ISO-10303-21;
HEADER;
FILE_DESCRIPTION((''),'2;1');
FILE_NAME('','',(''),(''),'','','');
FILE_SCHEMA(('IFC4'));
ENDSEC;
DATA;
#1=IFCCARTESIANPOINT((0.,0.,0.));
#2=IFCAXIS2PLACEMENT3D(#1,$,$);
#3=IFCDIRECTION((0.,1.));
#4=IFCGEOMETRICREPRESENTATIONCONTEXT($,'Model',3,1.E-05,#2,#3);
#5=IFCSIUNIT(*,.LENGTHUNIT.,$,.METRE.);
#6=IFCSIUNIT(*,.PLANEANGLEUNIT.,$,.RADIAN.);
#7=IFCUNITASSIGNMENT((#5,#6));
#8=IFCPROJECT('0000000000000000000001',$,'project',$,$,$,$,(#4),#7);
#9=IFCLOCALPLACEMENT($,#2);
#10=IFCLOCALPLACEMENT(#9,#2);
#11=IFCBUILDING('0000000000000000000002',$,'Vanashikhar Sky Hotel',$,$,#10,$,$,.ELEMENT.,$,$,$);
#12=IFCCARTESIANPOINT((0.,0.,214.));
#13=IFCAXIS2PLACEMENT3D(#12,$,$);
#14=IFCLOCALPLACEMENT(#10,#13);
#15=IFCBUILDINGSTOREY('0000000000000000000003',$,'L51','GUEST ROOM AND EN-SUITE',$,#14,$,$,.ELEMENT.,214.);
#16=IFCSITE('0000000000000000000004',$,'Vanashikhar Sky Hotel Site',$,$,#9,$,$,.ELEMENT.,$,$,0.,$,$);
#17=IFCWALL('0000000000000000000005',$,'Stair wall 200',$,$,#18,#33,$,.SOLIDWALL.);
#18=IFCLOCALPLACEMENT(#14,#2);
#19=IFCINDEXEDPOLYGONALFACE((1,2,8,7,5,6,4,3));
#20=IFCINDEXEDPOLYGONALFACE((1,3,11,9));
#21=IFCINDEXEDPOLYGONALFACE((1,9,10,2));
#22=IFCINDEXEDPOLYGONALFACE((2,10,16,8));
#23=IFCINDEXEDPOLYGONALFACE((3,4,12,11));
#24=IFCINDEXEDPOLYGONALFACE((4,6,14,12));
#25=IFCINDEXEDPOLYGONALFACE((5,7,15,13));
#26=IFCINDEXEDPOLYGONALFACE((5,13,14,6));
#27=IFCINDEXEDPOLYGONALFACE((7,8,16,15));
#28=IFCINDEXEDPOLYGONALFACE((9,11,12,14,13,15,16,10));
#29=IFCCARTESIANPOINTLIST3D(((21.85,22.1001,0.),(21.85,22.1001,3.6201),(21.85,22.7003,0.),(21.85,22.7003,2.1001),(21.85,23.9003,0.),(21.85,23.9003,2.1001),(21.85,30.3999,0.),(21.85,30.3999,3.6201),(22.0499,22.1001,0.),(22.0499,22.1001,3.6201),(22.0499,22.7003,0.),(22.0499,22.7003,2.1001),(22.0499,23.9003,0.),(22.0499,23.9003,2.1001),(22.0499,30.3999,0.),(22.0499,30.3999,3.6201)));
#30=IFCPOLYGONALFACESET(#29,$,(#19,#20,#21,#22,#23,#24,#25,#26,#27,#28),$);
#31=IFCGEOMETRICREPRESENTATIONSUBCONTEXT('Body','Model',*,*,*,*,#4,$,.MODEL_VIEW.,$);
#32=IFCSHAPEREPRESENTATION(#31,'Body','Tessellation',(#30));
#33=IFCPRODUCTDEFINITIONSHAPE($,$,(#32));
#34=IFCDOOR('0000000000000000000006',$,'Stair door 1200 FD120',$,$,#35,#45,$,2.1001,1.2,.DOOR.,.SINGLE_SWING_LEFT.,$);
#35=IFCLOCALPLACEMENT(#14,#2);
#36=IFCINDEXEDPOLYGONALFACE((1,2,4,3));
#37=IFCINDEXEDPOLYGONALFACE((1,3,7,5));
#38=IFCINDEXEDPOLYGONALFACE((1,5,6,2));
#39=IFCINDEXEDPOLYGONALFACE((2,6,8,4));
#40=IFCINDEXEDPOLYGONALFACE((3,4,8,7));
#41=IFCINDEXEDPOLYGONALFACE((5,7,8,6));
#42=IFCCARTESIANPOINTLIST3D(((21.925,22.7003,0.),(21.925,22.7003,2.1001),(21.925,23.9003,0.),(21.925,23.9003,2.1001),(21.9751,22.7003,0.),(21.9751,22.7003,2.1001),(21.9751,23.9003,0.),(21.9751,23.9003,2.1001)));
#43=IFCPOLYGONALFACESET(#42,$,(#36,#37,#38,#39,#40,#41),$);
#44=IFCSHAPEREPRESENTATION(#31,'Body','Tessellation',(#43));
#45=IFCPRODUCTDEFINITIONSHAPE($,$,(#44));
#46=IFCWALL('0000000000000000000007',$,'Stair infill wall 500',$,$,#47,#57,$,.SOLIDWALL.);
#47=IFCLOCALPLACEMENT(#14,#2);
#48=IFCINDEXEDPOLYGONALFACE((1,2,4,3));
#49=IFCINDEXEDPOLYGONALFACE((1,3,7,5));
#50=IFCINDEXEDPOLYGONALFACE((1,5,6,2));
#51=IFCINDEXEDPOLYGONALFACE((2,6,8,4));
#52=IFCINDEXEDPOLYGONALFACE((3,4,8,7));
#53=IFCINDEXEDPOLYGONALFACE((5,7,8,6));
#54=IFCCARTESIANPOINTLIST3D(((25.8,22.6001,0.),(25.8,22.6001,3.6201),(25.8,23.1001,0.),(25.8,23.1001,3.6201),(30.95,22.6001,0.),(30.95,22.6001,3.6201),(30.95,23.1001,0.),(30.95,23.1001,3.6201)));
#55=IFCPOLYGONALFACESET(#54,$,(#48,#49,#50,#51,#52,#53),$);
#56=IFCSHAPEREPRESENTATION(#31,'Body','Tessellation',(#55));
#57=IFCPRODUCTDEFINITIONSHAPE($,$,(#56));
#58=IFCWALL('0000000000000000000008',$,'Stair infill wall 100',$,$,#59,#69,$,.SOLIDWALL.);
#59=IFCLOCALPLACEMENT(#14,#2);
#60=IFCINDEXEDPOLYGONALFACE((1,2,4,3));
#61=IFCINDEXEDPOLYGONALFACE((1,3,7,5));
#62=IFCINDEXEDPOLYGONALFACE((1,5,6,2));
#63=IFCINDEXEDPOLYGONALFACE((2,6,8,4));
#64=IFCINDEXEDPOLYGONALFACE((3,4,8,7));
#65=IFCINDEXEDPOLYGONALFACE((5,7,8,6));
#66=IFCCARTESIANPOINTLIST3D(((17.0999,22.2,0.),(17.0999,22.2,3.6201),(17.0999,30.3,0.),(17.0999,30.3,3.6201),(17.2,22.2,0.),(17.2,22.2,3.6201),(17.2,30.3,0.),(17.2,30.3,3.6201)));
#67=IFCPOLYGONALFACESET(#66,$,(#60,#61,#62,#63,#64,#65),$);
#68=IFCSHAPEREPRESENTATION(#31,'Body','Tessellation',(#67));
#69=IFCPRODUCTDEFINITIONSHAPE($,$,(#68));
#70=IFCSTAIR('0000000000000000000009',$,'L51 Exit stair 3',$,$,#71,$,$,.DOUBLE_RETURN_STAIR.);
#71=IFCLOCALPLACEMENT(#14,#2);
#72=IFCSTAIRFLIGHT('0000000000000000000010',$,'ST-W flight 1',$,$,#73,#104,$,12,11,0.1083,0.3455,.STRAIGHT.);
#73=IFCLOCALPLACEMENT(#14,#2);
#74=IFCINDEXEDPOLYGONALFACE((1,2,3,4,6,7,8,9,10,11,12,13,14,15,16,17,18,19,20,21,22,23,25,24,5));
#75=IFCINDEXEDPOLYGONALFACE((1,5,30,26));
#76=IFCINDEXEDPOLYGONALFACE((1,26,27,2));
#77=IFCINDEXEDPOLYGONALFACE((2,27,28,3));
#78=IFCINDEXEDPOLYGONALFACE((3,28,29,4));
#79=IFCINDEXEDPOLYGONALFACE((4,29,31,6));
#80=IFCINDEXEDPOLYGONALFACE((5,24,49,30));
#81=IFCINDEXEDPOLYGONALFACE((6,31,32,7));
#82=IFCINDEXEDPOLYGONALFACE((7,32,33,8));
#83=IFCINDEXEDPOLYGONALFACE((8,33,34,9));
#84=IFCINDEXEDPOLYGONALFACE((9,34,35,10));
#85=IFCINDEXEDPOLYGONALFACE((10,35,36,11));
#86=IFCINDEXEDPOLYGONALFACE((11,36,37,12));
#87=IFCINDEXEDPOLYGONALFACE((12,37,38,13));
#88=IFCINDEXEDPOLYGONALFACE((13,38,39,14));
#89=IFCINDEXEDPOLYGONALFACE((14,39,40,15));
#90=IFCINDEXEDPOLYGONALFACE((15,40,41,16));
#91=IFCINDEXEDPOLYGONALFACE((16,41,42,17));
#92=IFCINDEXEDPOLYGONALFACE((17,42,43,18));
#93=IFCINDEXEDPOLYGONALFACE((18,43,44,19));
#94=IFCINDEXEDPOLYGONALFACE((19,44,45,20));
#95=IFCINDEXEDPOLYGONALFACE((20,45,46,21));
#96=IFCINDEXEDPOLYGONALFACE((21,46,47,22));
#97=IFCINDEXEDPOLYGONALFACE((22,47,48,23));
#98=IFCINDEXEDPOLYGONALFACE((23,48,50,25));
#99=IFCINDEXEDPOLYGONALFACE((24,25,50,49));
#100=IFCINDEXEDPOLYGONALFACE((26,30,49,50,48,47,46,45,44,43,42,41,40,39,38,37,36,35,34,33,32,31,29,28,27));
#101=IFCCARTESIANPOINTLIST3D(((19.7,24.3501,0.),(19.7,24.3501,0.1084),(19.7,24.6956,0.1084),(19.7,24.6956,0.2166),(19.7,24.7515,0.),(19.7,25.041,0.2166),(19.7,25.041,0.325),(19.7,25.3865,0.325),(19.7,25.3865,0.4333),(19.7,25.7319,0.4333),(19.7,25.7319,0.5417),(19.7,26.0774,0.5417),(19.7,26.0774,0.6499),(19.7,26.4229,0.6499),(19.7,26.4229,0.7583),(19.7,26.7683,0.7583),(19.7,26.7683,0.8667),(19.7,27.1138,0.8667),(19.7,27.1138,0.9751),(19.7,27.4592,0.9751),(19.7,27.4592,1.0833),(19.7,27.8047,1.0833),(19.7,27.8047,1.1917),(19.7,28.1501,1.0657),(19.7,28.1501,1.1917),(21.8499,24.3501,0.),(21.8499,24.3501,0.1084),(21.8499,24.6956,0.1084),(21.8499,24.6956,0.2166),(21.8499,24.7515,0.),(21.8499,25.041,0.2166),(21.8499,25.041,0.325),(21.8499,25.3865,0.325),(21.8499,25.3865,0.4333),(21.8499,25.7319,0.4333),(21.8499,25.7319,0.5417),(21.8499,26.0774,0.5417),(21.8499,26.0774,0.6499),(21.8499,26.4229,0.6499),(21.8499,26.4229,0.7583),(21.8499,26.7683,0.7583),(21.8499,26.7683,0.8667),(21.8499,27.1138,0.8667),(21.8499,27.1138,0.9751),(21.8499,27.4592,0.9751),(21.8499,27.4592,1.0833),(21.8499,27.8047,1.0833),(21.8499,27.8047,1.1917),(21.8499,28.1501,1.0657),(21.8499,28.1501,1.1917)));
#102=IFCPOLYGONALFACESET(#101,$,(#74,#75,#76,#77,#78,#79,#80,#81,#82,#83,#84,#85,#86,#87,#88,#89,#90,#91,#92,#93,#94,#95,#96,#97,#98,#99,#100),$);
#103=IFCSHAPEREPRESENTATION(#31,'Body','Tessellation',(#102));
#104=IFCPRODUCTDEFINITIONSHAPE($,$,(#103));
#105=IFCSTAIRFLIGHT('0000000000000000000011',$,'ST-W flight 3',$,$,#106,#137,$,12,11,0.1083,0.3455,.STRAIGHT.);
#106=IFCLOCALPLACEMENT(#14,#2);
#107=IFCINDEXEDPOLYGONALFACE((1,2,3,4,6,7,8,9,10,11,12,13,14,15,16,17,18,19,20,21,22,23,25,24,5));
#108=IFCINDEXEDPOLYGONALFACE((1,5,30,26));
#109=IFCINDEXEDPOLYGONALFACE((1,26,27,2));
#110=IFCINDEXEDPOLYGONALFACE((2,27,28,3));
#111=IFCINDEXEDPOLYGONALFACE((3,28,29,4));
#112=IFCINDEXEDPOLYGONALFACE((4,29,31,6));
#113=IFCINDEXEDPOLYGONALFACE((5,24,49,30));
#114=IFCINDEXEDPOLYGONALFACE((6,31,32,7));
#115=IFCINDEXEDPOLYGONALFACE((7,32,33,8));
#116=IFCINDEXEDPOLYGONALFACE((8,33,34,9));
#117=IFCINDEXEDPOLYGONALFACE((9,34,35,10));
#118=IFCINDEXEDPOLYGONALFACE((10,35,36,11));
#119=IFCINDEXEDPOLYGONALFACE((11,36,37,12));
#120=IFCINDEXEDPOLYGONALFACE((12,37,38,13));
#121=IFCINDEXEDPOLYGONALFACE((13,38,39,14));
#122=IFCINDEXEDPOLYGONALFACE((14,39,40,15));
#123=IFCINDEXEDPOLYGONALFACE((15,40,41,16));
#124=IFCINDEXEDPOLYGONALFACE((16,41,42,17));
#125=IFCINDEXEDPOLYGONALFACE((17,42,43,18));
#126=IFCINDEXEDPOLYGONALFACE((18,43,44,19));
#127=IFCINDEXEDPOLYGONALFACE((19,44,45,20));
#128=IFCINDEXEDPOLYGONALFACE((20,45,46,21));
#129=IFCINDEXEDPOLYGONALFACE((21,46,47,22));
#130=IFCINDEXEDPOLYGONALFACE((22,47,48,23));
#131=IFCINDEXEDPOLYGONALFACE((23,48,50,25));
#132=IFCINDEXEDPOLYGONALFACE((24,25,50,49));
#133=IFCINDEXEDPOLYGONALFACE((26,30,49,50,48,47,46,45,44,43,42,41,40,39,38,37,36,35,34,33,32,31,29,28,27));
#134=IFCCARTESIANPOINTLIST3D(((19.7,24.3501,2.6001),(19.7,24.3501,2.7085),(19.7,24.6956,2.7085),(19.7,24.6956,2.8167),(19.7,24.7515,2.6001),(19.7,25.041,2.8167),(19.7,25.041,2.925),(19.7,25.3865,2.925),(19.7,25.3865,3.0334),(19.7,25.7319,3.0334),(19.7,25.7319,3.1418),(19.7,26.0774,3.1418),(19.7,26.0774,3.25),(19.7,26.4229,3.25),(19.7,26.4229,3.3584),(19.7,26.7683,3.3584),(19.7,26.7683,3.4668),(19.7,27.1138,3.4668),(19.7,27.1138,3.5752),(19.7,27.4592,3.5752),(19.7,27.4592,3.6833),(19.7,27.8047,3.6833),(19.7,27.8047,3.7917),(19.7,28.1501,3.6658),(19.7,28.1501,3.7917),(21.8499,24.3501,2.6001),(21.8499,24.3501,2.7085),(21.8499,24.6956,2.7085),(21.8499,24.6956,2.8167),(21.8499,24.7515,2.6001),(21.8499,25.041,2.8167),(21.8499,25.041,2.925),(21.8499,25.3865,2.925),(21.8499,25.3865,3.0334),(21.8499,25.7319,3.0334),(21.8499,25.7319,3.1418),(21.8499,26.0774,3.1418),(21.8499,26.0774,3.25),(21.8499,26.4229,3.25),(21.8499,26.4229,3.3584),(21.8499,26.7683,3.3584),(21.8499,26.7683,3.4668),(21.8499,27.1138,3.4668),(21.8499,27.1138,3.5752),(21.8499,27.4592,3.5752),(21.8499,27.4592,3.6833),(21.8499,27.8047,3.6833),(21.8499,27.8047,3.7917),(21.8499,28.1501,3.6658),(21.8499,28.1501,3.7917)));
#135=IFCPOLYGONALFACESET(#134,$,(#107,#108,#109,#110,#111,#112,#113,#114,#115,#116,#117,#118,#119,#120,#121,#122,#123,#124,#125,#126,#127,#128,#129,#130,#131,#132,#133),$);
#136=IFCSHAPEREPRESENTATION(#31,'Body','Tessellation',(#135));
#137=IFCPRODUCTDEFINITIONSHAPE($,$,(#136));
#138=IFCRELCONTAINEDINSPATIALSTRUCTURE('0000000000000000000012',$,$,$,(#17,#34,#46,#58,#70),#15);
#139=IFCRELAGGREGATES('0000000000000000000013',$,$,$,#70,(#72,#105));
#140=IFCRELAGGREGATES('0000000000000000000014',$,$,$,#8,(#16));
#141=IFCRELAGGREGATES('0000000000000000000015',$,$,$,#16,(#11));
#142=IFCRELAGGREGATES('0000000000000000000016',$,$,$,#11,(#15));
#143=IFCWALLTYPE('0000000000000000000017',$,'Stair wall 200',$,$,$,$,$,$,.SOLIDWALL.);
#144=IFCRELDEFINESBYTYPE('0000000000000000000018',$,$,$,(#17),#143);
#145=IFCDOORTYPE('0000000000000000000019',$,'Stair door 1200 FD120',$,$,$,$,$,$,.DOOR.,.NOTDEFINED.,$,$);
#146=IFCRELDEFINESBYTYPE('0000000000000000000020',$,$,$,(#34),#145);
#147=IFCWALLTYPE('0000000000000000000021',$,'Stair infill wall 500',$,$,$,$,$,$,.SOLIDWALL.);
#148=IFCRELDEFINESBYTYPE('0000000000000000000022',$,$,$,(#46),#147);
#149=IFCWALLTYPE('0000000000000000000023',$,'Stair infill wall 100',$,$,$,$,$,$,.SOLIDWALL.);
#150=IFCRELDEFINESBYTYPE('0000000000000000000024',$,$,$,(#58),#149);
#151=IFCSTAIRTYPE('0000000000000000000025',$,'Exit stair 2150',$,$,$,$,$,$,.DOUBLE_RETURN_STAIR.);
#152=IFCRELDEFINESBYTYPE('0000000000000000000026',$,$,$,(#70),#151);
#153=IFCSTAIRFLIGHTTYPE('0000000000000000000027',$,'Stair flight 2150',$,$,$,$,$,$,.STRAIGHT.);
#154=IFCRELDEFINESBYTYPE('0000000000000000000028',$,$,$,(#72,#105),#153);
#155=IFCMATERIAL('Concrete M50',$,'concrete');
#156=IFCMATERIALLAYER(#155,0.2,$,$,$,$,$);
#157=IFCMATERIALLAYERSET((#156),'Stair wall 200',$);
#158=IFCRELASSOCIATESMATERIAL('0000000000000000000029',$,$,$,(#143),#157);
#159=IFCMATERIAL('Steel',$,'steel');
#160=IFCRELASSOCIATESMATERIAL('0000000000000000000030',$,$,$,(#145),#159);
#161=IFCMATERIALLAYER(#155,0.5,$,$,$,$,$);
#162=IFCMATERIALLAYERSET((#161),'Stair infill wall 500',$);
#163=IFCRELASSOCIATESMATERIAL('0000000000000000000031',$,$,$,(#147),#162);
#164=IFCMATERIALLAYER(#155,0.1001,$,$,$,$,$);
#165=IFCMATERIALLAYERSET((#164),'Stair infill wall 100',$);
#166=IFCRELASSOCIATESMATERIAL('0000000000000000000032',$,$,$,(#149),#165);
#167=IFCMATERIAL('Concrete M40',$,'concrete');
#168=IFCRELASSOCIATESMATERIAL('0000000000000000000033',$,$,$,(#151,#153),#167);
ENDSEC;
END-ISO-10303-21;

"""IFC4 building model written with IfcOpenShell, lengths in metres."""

from ifc_helpers import new_model, si_unit, direction, frame, frame_2d, origin, place, context, subcontext, project, spatial, polyline, rectangle, outline, extrude, source, transform, mapped, material, layer, layer_set, type_object, element, fill, aggregate, save


model = new_model("IFC4")

# Units and contexts
model_context = context("Model", 3, precision=1e-05, world=origin(), true_north=direction((0.0, 1.0)))
body_context = subcontext(model_context, "Body", "Model", "MODEL_VIEW")
ifc_project = project(units=[si_unit("LENGTHUNIT", "METRE"), si_unit("PLANEANGLEUNIT", "RADIAN")], contexts=[model_context])

# Site, building, storey
site_placement = place(None, origin())
site = spatial("IfcSite", under=ifc_project, at=site_placement, Name="Vanashikhar Sky Hotel Site", CompositionType="ELEMENT", RefElevation=0.0)
building_placement = place(site_placement, origin())
building = spatial("IfcBuilding", under=site, at=building_placement, Name="Vanashikhar Sky Hotel", CompositionType="ELEMENT")
storey_placement = place(building_placement, frame((0.0, 0.0, 214.0)))
storey = spatial("IfcBuildingStorey", under=building, at=storey_placement, Name="L51", Description="GUEST ROOM AND EN-SUITE", CompositionType="ELEMENT", Elevation=214.0)

# Shared definitions
ifc_material_1 = material(Name="Steel", Category="steel")

# Wall, opening, door
ifc_material_2 = material(Name="Concrete M50", Category="concrete")
ifc_layer_1 = layer(ifc_material_2, 0.2)
ifc_layer_set_1 = layer_set([ifc_layer_1], Name="Stair wall 200")
wall_type_1 = type_object("IfcWallType", Name="Stair wall 200", PredefinedType="SOLIDWALL", material=ifc_layer_set_1)
shared_shape_1 = source(origin(), body_context, "Body", "SweptSolid", [
    extrude(rectangle(XDim=8.2998, YDim=0.2, at=frame_2d((4.1499, 0.0))), origin(), (0.0, 0.0, 1.0), 3.6201),
])
wall_1_placement = place(storey_placement, frame((21.95, 22.1001, 0.0), z_axis=(0.0, 0.0, 1.0), x_axis=(0.0, 1.0, 0.0)))
wall_1 = element("IfcWall", 1, at=wall_1_placement, inside=storey, type_object=wall_type_1, Name="Stair wall 200", PredefinedType="SOLIDWALL", context=body_context, shape_type="MappedRepresentation", body=[
    mapped(shared_shape_1, transform((0.0, 0.0, 0.0), scale=1.0)),
])
shared_shape_2 = source(origin(), body_context, "Body", "SweptSolid", [
    extrude(rectangle(XDim=1.2, YDim=2.1001, at=frame_2d((0.6001, 1.05))), frame((0.0, 0.1099, 0.0), z_axis=(0.0, -1.0, 0.0), x_axis=(1.0, 0.0, 0.0)), (0.0, 0.0, 1.0), 0.22),
])
opening_1_placement = place(wall_1_placement, frame((0.6001, 0.0, 0.0)))
opening_1 = element("IfcOpeningElement", 2, at=opening_1_placement, cuts=wall_1, PredefinedType="OPENING", context=body_context, shape_type="MappedRepresentation", body=[
    mapped(shared_shape_2, transform((0.0, 0.0, 0.0), scale=1.0)),
])
door_type_1 = type_object("IfcDoorType", Name="Stair door 1200 FD120", OperationType="NOTDEFINED", PredefinedType="DOOR", material=ifc_material_1)
shared_shape_3 = source(origin(), body_context, "Body", "SweptSolid", [
    extrude(rectangle(XDim=1.2, YDim=2.1001, at=frame_2d((0.6001, 1.05))), frame((0.0, 0.0249, 0.0), z_axis=(0.0, -1.0, 0.0), x_axis=(1.0, 0.0, 0.0)), (0.0, 0.0, 1.0), 0.05),
])
door_1_placement = place(opening_1_placement, origin())
door_1 = element("IfcDoor", 3, at=door_1_placement, inside=storey, type_object=door_type_1, Name="Stair door 1200 FD120", OperationType="SINGLE_SWING_LEFT", OverallHeight=2.1001, OverallWidth=1.2, PredefinedType="DOOR", context=body_context, shape_type="MappedRepresentation", body=[
    mapped(shared_shape_3, transform((0.0, 0.0, 0.0), scale=1.0)),
])
fill(opening_1, door_1)

# Walls
ifc_layer_2 = layer(ifc_material_2, 0.5)
ifc_layer_set_2 = layer_set([ifc_layer_2], Name="Stair infill wall 500")
wall_type_2 = type_object("IfcWallType", Name="Stair infill wall 500", PredefinedType="SOLIDWALL", material=ifc_layer_set_2)
shared_shape_4 = source(origin(), body_context, "Body", "SweptSolid", [
    extrude(rectangle(XDim=5.1499, YDim=0.5, at=frame_2d((2.575, 0.0))), origin(), (0.0, 0.0, 1.0), 3.6201),
])
wall_2_placement = place(storey_placement, frame((25.8, 22.8501, 0.0), z_axis=(0.0, 0.0, 1.0), x_axis=(1.0, 0.0, 0.0)))
element("IfcWall", 4, at=wall_2_placement, inside=storey, type_object=wall_type_2, Name="Stair infill wall 500", PredefinedType="SOLIDWALL", context=body_context, shape_type="MappedRepresentation", body=[
    mapped(shared_shape_4, transform((0.0, 0.0, 0.0), scale=1.0)),
])
ifc_layer_3 = layer(ifc_material_2, 0.1001)
ifc_layer_set_3 = layer_set([ifc_layer_3], Name="Stair infill wall 100")
wall_type_3 = type_object("IfcWallType", Name="Stair infill wall 100", PredefinedType="SOLIDWALL", material=ifc_layer_set_3)
shared_shape_5 = source(origin(), body_context, "Body", "SweptSolid", [
    extrude(rectangle(XDim=8.1001, YDim=0.1001, at=frame_2d((4.05, 0.0))), origin(), (0.0, 0.0, 1.0), 3.6201),
])
wall_3_placement = place(storey_placement, frame((17.1499, 22.2, 0.0), z_axis=(0.0, 0.0, 1.0), x_axis=(0.0, 1.0, 0.0)))
element("IfcWall", 5, at=wall_3_placement, inside=storey, type_object=wall_type_3, Name="Stair infill wall 100", PredefinedType="SOLIDWALL", context=body_context, shape_type="MappedRepresentation", body=[
    mapped(shared_shape_5, transform((0.0, 0.0, 0.0), scale=1.0)),
])

# Stair, stair flights
ifc_material_3 = material(Name="Concrete M40", Category="concrete")
stair_type = type_object("IfcStairType", Name="Exit stair 2150", PredefinedType="DOUBLE_RETURN_STAIR", material=ifc_material_3)
stair_placement = place(storey_placement, origin())
stair = element("IfcStair", 6, at=stair_placement, inside=storey, type_object=stair_type, Name="L51 Exit stair 3", PredefinedType="DOUBLE_RETURN_STAIR")
stair_flight_type = type_object("IfcStairFlightType", Name="Stair flight 2150", PredefinedType="STRAIGHT", material=ifc_material_3)
shared_shape_6 = source(origin(), body_context, "Body", "SweptSolid", [
    extrude(outline(polyline([(0.0, 0.0), (0.0, 0.1084), (0.3455, 0.1084), (0.3455, 0.2166), (0.6909, 0.2166), (0.6909, 0.325), (1.0364, 0.325), (1.0364, 0.4333), (1.3818, 0.4333), (1.3818, 0.5417), (1.7273, 0.5417), (1.7273, 0.6499), (2.0728, 0.6499), (2.0728, 0.7583), (2.4182, 0.7583), (2.4182, 0.8667), (2.7637, 0.8667), (2.7637, 0.9751), (3.1091, 0.9751), (3.1091, 1.0833), (3.4546, 1.0833), (3.4546, 1.1917), (3.8, 1.1917), (3.8, 1.3), (3.8, 1.0657), (0.4014, 0.0), (0.0, 0.0)])), frame((0.0, 1.075, 0.0), z_axis=(0.0, -1.0, 0.0), x_axis=(1.0, 0.0, 0.0)), (0.0, 0.0, 1.0), 2.1499),
])
stair_flight_1_placement = place(storey_placement, frame((20.7749, 24.3501, 0.0), z_axis=(0.0, 0.0, 1.0), x_axis=(0.0, 1.0, 0.0)))
stair_flight_1 = element("IfcStairFlight", 7, at=stair_flight_1_placement, type_object=stair_flight_type, Name="ST-W flight 1", NumberOfRisers=12, NumberOfTreads=11, PredefinedType="STRAIGHT", RiserHeight=0.1083, TreadLength=0.3455, context=body_context, shape_type="MappedRepresentation", body=[
    mapped(shared_shape_6, transform((0.0, 0.0, 0.0), scale=1.0)),
])
stair_flight_2_placement = place(storey_placement, frame((20.7749, 24.3501, 2.6001), z_axis=(0.0, 0.0, 1.0), x_axis=(0.0, 1.0, 0.0)))
stair_flight_2 = element("IfcStairFlight", 8, at=stair_flight_2_placement, type_object=stair_flight_type, Name="ST-W flight 3", NumberOfRisers=12, NumberOfTreads=11, PredefinedType="STRAIGHT", RiserHeight=0.1083, TreadLength=0.3455, context=body_context, shape_type="MappedRepresentation", body=[
    mapped(shared_shape_6, transform((0.0, 0.0, 0.0), scale=1.0)),
])
aggregate(stair, [stair_flight_1, stair_flight_2])

save(model, "model.ifc")
